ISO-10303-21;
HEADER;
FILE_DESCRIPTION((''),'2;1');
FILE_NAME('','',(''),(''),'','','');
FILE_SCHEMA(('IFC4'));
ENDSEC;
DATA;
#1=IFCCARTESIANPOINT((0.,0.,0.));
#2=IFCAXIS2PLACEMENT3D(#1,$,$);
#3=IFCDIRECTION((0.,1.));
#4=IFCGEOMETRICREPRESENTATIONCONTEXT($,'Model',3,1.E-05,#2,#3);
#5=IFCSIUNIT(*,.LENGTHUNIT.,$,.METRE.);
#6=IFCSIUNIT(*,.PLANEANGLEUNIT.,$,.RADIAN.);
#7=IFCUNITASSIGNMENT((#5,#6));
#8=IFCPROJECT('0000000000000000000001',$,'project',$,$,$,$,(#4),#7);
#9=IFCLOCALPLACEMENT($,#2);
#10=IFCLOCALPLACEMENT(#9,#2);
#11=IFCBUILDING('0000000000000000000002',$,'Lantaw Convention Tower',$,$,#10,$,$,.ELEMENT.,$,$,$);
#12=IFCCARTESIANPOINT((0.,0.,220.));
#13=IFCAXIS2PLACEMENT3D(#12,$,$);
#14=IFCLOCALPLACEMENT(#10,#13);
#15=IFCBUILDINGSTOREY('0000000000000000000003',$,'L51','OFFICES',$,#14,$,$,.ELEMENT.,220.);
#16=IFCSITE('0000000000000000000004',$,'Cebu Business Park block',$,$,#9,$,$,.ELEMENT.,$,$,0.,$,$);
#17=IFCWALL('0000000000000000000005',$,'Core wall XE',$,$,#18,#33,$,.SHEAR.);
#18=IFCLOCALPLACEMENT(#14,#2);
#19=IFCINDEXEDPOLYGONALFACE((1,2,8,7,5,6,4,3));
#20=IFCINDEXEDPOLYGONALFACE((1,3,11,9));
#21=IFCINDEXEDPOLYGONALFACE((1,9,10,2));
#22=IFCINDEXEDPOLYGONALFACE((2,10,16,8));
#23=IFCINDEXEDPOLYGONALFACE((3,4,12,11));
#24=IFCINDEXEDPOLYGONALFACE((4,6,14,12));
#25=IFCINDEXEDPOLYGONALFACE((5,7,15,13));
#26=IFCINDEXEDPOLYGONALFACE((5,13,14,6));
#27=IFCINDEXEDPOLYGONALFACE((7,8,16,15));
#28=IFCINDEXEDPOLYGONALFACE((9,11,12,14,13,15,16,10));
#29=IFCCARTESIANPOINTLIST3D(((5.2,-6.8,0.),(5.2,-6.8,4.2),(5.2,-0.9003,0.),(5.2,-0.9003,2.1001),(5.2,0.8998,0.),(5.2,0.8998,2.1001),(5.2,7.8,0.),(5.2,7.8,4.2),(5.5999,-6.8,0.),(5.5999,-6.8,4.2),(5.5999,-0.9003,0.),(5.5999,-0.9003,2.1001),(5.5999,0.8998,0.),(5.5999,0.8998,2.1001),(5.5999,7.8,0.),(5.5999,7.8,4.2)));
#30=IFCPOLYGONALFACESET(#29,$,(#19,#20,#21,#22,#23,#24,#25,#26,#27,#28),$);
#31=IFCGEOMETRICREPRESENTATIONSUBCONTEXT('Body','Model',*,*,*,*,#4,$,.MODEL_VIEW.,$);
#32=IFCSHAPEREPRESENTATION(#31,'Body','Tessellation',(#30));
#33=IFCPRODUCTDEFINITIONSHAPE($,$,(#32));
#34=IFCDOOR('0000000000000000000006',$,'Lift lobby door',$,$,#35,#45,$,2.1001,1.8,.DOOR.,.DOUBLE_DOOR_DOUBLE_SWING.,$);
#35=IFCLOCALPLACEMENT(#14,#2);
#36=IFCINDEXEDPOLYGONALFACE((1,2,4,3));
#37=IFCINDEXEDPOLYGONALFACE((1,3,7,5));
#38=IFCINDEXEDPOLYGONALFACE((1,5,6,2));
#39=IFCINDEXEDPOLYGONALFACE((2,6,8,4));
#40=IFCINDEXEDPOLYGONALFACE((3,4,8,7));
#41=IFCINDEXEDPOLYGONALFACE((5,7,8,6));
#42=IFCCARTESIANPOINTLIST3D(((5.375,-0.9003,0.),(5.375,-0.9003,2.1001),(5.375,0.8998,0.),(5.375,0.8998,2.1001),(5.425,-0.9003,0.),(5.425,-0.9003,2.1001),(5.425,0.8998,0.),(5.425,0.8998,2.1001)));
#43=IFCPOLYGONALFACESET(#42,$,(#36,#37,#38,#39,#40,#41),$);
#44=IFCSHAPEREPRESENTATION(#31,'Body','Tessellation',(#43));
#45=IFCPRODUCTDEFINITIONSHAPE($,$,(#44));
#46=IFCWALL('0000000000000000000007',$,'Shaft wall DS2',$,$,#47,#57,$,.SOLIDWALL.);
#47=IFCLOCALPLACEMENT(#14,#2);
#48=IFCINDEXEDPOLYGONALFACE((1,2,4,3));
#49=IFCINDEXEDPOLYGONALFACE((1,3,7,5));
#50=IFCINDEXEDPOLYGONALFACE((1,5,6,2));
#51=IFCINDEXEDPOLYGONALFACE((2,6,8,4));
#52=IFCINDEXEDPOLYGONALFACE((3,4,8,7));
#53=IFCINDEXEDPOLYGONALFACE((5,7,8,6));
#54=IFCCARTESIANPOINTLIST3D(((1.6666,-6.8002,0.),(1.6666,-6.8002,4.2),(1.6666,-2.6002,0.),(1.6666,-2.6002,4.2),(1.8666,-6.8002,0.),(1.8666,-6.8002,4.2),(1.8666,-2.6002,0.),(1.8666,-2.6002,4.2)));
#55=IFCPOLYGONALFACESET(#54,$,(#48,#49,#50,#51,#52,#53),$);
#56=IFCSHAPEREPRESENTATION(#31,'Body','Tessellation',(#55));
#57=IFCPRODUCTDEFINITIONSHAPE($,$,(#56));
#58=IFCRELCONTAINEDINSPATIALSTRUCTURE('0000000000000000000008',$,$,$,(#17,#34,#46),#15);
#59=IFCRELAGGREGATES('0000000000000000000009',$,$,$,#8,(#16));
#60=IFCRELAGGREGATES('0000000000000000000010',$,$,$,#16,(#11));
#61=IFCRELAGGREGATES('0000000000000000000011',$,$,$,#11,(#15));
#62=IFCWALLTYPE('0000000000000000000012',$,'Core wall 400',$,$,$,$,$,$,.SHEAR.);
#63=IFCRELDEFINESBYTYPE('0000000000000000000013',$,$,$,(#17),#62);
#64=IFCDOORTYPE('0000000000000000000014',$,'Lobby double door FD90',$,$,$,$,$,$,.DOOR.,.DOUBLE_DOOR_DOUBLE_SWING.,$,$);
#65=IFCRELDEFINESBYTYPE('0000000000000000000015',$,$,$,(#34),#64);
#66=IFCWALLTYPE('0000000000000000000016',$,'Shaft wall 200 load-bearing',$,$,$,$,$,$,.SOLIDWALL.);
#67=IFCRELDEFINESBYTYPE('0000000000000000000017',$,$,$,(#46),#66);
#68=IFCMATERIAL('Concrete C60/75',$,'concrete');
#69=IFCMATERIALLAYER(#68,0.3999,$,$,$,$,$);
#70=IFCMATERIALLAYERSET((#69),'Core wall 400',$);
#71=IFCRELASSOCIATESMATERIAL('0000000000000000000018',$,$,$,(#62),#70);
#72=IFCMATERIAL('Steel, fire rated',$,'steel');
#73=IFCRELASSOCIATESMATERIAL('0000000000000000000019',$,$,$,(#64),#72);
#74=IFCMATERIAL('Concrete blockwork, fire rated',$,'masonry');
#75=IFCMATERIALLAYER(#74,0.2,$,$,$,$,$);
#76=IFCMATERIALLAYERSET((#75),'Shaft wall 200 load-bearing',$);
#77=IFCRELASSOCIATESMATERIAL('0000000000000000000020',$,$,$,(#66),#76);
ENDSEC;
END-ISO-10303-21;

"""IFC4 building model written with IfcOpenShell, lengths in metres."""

from ifc_helpers import new_model, si_unit, direction, frame, frame_2d, origin, place, context, subcontext, project, spatial, rectangle, extrude, material, layer, layer_set, type_object, element, fill, save


model = new_model("IFC4")

# Units and contexts
model_context = context("Model", 3, precision=1e-05, world=origin(), true_north=direction((0.0, 1.0)))
body_context = subcontext(model_context, "Body", "Model", "MODEL_VIEW")
ifc_project = project(units=[si_unit("LENGTHUNIT", "METRE"), si_unit("PLANEANGLEUNIT", "RADIAN")], contexts=[model_context])

# Site, building, storey
site_placement = place(None, origin())
site = spatial("IfcSite", under=ifc_project, at=site_placement, Name="Cebu Business Park block", CompositionType="ELEMENT", RefElevation=0.0)
building_placement = place(site_placement, origin())
building = spatial("IfcBuilding", under=site, at=building_placement, Name="Lantaw Convention Tower", CompositionType="ELEMENT")
storey_placement = place(building_placement, frame((0.0, 0.0, 220.0)))
storey = spatial("IfcBuildingStorey", under=building, at=storey_placement, Name="L51", Description="OFFICES", CompositionType="ELEMENT", Elevation=220.0)

# Wall, opening, door
ifc_material_1 = material(Name="Concrete C60/75", Category="concrete")
ifc_material_2 = material(Name="Steel, fire rated", Category="steel")
ifc_layer_1 = layer(ifc_material_1, 0.3999)
ifc_layer_set_1 = layer_set([ifc_layer_1], Name="Core wall 400")
wall_type_1 = type_object("IfcWallType", Name="Core wall 400", PredefinedType="SHEAR", material=ifc_layer_set_1)
wall_1_placement = place(storey_placement, frame((5.3999, -6.8, 0.0), z_axis=(0.0, 0.0, 1.0), x_axis=(0.0, 1.0, 0.0)))
wall_1 = element("IfcWall", 1, at=wall_1_placement, inside=storey, type_object=wall_type_1, Name="Core wall XE", PredefinedType="SHEAR", context=body_context, shape_type="SweptSolid", body=[
    extrude(rectangle(XDim=14.6001, YDim=0.3999, at=frame_2d((7.3, 0.0))), origin(), (0.0, 0.0, 1.0), 4.2),
])
opening_1_placement = place(wall_1_placement, frame((5.8999, 0.0, 0.0)))
opening_1 = element("IfcOpeningElement", 2, at=opening_1_placement, cuts=wall_1, PredefinedType="OPENING", context=body_context, shape_type="SweptSolid", body=[
    extrude(rectangle(XDim=1.8, YDim=2.1001, at=frame_2d((0.8999, 1.05))), frame((0.0, 0.21, 0.0), z_axis=(0.0, -1.0, 0.0), x_axis=(1.0, 0.0, 0.0)), (0.0, 0.0, 1.0), 0.4199),
])
door_type_1 = type_object("IfcDoorType", Name="Lobby double door FD90", OperationType="DOUBLE_DOOR_DOUBLE_SWING", PredefinedType="DOOR", material=ifc_material_2)
door_1_placement = place(opening_1_placement, origin())
door_1 = element("IfcDoor", 3, at=door_1_placement, inside=storey, type_object=door_type_1, Name="Lift lobby door", OperationType="DOUBLE_DOOR_DOUBLE_SWING", OverallHeight=2.1001, OverallWidth=1.8, PredefinedType="DOOR", context=body_context, shape_type="SweptSolid", body=[
    extrude(rectangle(XDim=1.8, YDim=2.1001, at=frame_2d((0.8999, 1.05))), frame((0.0, 0.0249, 0.0), z_axis=(0.0, -1.0, 0.0), x_axis=(1.0, 0.0, 0.0)), (0.0, 0.0, 1.0), 0.05),
])
fill(opening_1, door_1)

# Wall
ifc_material_3 = material(Name="Concrete blockwork, fire rated", Category="masonry")
ifc_layer_2 = layer(ifc_material_3, 0.2)
ifc_layer_set_2 = layer_set([ifc_layer_2], Name="Shaft wall 200 load-bearing")
wall_type_2 = type_object("IfcWallType", Name="Shaft wall 200 load-bearing", PredefinedType="SOLIDWALL", material=ifc_layer_set_2)
wall_2_placement = place(storey_placement, frame((1.7666, -2.6001, 0.0), z_axis=(0.0, 0.0, 1.0), x_axis=(0.0, -1.0, 0.0)))
element("IfcWall", 4, at=wall_2_placement, inside=storey, type_object=wall_type_2, Name="Shaft wall DS2", PredefinedType="SOLIDWALL", context=body_context, shape_type="SweptSolid", body=[
    extrude(rectangle(XDim=4.2, YDim=0.2, at=frame_2d((2.1001, 0.0))), origin(), (0.0, 0.0, 1.0), 4.2),
])

save(model, "model.ifc")
